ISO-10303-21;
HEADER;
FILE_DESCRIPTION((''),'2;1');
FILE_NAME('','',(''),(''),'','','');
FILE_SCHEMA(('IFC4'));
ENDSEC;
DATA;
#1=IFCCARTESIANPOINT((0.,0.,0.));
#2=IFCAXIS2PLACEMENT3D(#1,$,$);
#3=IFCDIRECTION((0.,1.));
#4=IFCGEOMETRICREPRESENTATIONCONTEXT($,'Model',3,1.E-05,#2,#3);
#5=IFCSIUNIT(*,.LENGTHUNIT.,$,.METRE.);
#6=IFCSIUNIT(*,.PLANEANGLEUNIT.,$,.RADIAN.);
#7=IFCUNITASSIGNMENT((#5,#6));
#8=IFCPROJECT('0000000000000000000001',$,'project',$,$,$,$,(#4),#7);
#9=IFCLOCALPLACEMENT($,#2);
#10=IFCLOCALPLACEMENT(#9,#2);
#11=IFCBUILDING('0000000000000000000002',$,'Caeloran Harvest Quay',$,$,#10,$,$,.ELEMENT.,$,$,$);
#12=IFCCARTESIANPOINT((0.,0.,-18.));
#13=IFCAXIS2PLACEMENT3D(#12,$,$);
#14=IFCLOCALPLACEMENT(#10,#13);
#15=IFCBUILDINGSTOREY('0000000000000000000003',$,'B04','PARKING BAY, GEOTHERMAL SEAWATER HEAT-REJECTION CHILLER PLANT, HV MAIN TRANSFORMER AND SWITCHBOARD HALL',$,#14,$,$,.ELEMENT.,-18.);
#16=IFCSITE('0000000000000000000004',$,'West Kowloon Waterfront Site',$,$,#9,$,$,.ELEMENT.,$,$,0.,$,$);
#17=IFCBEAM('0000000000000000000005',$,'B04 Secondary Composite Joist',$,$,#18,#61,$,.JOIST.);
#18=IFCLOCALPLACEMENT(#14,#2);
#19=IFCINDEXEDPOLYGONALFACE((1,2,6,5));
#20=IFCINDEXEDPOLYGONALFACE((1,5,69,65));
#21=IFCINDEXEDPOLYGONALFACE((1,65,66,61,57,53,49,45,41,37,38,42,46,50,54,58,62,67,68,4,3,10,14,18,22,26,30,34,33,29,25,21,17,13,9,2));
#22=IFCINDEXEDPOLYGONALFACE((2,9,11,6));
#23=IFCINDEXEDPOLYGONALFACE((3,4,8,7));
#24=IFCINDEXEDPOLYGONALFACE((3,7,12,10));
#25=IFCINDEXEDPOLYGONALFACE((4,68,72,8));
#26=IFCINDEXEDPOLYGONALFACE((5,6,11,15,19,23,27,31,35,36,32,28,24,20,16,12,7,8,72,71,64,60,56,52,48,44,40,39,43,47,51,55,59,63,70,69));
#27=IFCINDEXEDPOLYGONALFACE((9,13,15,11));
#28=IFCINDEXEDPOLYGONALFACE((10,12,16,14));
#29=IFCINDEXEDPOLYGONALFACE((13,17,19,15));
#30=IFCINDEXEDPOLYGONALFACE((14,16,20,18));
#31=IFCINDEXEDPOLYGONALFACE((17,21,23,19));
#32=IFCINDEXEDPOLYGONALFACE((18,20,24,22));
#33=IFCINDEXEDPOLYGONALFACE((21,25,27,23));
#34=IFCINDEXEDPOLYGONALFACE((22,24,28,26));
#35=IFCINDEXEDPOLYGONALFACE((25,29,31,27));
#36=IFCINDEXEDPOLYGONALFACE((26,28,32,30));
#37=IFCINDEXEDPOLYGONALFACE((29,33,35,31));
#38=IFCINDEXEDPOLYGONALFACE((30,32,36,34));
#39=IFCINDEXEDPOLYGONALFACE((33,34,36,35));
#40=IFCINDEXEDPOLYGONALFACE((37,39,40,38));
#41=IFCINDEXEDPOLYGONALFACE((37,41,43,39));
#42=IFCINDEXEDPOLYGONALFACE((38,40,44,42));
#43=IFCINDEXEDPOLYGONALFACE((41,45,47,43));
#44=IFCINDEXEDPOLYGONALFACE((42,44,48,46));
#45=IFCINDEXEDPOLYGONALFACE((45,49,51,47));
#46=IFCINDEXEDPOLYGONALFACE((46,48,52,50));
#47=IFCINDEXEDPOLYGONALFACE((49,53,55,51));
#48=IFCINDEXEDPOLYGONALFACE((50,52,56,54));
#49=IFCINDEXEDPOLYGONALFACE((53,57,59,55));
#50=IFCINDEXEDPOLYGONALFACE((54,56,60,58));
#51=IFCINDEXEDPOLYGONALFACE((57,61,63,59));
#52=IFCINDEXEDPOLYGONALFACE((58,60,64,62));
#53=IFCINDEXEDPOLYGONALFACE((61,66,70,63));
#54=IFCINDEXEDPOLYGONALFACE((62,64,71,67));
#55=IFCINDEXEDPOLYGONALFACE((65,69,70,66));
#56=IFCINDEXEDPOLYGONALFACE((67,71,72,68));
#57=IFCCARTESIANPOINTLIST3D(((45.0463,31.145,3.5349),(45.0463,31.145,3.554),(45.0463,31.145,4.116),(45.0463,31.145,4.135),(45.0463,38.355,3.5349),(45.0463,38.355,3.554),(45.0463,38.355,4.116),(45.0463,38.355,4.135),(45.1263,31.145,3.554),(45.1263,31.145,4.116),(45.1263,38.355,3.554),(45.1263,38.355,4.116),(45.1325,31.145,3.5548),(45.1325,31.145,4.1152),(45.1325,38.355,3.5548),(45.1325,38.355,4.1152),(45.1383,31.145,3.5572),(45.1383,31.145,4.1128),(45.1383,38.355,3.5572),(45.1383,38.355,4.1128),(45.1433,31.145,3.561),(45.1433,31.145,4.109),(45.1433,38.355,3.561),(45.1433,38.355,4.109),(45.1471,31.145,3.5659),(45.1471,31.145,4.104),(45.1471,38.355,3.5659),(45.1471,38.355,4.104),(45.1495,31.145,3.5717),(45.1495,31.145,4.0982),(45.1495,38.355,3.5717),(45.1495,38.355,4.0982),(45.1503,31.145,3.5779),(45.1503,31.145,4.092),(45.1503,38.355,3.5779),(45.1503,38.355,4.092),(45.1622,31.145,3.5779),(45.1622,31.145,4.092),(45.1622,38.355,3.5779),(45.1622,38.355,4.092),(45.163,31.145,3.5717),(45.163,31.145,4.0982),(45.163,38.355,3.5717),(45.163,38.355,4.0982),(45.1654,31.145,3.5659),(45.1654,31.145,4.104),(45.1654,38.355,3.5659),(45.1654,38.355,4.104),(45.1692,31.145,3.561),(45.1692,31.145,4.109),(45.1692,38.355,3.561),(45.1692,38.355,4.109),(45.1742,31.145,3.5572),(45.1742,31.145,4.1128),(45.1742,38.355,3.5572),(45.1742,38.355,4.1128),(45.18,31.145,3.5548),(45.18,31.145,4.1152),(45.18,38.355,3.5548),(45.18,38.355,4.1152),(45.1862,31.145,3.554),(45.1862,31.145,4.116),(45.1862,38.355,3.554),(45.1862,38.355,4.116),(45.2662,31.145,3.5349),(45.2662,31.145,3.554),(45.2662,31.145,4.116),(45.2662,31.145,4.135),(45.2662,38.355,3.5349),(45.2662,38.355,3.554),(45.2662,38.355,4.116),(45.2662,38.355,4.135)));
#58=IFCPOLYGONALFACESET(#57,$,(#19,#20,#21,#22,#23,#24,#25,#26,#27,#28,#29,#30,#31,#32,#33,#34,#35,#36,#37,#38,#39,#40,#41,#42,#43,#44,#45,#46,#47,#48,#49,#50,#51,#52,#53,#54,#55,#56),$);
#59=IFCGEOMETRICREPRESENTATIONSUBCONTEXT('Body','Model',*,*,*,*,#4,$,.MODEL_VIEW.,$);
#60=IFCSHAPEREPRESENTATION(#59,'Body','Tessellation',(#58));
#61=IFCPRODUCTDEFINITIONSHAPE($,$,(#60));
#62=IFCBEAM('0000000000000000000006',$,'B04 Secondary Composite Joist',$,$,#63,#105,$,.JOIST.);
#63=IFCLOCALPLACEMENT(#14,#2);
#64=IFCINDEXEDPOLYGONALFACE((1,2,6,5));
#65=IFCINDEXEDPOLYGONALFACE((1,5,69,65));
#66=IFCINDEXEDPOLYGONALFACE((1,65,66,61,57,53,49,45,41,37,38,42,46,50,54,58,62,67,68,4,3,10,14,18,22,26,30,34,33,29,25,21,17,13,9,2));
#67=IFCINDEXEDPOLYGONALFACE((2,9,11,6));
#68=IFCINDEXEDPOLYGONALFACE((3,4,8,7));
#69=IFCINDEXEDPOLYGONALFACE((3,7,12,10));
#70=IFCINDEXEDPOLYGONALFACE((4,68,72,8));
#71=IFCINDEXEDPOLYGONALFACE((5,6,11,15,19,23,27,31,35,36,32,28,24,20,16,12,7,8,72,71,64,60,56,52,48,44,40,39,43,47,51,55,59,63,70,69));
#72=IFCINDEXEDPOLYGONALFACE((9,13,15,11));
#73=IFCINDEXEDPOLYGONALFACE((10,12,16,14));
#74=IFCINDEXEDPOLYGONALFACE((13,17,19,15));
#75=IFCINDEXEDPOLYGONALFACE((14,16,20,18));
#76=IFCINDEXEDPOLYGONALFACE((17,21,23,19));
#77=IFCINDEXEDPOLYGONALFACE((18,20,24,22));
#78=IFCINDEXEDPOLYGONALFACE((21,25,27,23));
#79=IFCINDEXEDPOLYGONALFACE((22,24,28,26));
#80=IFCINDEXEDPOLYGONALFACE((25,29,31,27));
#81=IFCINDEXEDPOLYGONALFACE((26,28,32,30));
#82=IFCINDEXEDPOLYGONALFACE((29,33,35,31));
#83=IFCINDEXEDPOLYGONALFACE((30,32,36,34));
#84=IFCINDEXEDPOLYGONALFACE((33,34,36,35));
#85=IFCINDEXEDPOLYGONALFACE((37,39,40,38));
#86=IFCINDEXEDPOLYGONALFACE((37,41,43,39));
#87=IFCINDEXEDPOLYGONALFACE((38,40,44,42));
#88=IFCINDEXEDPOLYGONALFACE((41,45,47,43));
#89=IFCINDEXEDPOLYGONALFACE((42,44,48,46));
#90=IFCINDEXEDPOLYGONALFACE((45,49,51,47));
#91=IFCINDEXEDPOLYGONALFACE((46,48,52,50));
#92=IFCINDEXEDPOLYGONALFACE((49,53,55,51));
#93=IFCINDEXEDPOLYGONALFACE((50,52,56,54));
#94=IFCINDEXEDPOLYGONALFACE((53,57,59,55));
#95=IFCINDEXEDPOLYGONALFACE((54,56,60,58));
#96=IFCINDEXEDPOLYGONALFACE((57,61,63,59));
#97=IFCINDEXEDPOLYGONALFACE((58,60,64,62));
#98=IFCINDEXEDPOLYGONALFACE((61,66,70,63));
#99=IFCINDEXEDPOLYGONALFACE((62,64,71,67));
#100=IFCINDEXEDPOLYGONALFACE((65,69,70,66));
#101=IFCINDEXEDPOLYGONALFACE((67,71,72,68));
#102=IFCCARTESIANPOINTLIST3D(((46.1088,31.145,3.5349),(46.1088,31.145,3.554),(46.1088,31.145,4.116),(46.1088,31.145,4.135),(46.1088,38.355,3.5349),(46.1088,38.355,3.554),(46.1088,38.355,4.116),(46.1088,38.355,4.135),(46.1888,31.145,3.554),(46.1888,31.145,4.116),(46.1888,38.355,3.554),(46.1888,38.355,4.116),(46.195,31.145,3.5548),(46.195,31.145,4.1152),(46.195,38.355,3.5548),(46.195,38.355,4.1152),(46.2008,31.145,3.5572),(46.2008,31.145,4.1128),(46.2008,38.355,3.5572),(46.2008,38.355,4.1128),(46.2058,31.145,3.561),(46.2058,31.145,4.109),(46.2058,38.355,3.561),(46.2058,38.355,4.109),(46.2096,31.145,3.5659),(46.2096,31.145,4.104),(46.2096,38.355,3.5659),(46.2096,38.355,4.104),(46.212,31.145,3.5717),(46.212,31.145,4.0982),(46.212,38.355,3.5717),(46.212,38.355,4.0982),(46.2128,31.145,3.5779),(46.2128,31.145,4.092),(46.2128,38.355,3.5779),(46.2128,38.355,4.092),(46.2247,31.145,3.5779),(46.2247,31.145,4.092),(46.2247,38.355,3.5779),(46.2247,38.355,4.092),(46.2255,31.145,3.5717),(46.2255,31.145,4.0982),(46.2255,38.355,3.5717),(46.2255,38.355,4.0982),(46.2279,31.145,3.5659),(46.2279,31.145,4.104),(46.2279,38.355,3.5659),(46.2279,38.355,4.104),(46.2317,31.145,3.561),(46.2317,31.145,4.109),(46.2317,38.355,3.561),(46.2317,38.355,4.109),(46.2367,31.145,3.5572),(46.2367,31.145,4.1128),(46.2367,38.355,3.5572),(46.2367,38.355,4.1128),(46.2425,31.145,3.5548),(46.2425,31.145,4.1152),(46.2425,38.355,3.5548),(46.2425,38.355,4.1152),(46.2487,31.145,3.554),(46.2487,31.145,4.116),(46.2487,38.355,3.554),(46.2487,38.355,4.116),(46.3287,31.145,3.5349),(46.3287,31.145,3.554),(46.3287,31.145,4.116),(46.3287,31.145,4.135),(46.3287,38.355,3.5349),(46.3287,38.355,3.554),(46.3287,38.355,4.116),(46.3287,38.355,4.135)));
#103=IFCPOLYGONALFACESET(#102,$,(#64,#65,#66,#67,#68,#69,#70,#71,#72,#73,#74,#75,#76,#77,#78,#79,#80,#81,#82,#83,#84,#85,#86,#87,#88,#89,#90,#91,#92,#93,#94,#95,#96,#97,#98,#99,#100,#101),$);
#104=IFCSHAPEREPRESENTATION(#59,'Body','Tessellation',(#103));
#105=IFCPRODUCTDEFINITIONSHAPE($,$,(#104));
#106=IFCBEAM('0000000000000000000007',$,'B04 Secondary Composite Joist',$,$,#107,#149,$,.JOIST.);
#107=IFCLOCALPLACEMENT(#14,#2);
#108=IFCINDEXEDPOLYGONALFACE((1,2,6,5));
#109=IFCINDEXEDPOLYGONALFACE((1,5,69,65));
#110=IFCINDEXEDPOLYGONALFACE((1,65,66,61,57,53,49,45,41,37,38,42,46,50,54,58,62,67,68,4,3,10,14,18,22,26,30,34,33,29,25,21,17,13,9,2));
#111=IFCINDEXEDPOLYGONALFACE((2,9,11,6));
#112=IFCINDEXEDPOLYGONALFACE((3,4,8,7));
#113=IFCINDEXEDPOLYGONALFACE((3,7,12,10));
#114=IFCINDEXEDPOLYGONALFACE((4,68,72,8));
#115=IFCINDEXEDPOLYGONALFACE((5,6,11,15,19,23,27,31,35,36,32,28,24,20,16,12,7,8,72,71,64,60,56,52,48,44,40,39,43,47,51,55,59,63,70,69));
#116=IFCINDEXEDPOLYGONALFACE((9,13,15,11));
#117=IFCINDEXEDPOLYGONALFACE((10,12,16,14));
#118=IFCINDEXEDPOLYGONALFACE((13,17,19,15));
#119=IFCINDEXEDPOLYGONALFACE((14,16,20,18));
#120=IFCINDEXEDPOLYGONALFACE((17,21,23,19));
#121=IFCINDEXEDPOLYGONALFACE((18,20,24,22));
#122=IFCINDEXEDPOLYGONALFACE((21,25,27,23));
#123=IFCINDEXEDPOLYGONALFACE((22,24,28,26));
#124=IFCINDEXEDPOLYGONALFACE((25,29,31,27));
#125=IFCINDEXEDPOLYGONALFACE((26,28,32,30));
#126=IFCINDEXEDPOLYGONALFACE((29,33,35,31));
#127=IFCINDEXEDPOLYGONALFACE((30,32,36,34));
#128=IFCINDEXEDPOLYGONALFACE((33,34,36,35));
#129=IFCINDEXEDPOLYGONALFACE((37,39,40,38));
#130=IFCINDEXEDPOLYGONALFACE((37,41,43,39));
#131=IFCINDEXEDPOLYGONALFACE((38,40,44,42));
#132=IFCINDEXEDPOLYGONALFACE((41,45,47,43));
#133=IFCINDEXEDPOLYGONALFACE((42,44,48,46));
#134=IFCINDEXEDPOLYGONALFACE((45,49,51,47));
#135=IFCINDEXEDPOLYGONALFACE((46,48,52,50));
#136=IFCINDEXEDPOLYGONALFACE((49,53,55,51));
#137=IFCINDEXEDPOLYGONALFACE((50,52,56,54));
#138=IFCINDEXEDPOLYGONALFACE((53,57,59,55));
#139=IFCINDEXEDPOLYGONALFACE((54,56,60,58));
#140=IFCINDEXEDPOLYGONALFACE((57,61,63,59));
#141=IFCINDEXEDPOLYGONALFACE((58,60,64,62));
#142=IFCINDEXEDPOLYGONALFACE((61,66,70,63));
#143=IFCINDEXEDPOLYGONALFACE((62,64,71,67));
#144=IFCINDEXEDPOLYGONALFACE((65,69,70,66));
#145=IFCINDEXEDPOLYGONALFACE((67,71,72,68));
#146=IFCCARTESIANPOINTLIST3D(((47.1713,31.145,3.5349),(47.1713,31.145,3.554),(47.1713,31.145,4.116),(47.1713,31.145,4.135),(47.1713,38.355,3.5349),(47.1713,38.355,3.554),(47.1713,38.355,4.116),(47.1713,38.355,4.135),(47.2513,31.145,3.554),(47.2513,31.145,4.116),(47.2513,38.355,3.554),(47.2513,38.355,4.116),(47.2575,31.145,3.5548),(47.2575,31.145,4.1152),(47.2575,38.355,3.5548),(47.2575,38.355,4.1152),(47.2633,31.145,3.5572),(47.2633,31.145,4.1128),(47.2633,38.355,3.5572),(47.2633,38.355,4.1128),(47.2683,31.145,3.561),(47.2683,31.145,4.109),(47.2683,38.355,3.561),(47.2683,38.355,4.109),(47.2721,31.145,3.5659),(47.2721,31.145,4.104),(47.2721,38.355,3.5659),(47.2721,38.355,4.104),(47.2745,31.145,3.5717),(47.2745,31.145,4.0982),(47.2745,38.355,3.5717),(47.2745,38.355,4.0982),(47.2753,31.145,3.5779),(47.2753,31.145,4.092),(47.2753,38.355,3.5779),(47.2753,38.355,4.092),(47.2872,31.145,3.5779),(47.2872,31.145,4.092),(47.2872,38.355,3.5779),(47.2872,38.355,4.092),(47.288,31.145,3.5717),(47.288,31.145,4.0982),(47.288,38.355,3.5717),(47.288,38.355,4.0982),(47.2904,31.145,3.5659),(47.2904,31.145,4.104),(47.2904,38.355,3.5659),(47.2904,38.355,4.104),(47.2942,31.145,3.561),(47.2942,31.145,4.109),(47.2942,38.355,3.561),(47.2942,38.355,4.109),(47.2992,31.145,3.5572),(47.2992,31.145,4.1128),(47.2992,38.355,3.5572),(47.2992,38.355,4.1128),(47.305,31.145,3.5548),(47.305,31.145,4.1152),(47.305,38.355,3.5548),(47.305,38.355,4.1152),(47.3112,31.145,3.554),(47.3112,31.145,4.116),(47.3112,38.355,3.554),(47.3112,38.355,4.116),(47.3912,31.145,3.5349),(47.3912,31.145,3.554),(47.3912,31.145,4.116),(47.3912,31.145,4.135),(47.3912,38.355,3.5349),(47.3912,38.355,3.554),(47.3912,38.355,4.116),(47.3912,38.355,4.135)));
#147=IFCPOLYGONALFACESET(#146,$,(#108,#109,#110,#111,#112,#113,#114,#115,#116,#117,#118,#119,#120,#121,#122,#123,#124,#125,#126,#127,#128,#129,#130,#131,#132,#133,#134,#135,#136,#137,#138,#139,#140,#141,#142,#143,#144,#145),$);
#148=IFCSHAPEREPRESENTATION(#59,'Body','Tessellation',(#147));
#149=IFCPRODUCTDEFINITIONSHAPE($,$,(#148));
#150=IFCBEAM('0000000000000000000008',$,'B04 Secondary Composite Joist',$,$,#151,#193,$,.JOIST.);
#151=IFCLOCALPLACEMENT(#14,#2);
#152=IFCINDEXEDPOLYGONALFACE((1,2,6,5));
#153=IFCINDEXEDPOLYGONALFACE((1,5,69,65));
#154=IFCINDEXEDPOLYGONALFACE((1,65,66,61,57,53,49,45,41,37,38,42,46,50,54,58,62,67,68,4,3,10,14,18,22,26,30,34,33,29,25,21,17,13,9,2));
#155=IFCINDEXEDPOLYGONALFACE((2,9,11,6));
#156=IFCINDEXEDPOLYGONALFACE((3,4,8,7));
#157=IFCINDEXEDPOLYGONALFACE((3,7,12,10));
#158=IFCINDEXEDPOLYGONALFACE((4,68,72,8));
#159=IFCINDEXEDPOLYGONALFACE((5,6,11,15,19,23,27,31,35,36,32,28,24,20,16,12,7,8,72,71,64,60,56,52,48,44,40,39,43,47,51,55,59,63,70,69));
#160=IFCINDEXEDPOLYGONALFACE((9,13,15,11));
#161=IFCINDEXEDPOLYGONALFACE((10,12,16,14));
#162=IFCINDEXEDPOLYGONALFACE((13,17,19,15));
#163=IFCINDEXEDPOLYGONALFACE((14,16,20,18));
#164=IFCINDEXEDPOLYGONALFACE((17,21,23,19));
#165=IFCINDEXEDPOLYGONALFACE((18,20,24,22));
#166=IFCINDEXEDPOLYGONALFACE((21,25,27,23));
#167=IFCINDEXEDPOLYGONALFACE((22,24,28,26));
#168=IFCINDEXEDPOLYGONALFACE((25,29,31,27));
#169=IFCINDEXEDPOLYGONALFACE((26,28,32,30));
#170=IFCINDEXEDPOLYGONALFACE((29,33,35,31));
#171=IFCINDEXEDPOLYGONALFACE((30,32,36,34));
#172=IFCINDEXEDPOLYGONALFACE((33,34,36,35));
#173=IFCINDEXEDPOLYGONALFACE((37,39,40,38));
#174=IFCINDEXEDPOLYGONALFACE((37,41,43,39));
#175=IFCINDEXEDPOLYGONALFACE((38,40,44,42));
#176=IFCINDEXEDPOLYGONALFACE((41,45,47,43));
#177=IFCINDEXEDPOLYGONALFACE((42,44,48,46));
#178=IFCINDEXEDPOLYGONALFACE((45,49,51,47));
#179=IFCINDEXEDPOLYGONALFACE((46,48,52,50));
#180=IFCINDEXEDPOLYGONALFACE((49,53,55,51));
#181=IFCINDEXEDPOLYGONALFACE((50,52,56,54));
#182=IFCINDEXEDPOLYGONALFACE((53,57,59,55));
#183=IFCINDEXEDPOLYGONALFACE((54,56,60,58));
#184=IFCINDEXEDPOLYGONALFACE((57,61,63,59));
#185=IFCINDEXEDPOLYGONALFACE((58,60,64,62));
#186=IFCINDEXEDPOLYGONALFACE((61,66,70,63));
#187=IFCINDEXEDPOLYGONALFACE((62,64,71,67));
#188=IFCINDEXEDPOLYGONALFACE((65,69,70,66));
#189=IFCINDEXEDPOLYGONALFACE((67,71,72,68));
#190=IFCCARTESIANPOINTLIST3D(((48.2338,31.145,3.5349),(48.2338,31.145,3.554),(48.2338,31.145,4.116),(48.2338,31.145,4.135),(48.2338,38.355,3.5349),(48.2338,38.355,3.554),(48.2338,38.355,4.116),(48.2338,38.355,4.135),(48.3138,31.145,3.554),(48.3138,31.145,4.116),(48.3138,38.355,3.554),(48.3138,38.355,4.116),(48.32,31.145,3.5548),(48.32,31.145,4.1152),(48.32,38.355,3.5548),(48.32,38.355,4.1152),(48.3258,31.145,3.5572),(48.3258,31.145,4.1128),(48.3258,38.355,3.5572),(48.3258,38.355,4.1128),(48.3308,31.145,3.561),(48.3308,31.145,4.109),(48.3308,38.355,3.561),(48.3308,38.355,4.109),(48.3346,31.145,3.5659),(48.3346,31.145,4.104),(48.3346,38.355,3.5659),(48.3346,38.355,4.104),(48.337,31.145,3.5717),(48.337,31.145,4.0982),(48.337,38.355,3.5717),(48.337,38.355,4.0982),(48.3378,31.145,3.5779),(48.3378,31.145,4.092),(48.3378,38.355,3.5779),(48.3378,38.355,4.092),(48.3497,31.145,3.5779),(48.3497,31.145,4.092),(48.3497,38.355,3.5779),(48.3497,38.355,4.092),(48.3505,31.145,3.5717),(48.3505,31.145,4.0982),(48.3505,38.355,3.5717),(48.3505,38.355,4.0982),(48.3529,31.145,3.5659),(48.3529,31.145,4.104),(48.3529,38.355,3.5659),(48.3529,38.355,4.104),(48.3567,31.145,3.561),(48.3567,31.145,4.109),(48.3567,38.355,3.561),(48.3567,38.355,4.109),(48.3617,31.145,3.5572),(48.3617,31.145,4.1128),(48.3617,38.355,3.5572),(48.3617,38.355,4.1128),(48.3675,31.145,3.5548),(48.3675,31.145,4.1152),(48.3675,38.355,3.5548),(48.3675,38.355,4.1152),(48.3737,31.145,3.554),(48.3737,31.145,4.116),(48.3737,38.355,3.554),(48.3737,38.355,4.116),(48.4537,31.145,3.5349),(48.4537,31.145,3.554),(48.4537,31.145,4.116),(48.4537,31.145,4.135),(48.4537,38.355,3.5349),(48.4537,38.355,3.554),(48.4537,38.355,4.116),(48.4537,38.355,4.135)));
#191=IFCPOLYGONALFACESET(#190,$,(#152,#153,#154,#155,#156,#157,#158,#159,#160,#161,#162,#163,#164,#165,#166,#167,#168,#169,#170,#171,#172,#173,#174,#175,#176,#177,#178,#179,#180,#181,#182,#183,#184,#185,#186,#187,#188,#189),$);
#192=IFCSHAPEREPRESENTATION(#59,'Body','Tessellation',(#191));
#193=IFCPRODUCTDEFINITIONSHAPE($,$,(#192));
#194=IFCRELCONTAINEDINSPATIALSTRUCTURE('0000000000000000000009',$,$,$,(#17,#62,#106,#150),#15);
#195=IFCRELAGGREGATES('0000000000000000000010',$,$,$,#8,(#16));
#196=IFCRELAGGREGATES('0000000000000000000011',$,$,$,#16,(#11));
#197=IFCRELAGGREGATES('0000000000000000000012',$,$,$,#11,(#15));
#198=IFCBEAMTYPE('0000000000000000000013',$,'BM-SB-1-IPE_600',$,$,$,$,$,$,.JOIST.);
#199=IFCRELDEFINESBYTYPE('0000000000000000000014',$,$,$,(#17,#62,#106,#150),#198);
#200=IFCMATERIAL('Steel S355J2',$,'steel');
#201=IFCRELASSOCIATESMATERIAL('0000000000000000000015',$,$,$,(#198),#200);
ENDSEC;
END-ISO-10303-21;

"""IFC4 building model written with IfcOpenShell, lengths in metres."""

from ifc_helpers import new_model, si_unit, direction, frame, origin, origin_2d, place, context, subcontext, project, spatial, i_section, extrude, material, material_profile, profile_set, type_object, element, save


model = new_model("IFC4")

# Units and contexts
model_context = context("Model", 3, precision=1e-05, world=origin(), true_north=direction((0.0, 1.0)))
body_context = subcontext(model_context, "Body", "Model", "MODEL_VIEW")
ifc_project = project(units=[si_unit("LENGTHUNIT", "METRE"), si_unit("PLANEANGLEUNIT", "RADIAN")], contexts=[model_context])

# Site, building, storey
site_placement = place(None, origin())
site = spatial("IfcSite", under=ifc_project, at=site_placement, Name="West Kowloon Waterfront Site", CompositionType="ELEMENT", RefElevation=0.0)
building_placement = place(site_placement, origin())
building = spatial("IfcBuilding", under=site, at=building_placement, Name="Caeloran Harvest Quay", CompositionType="ELEMENT")
storey_placement = place(building_placement, frame((0.0, 0.0, -18.0)))
storey = spatial("IfcBuildingStorey", under=building, at=storey_placement, Name="B04", Description="PARKING BAY, GEOTHERMAL SEAWATER HEAT-REJECTION CHILLER PLANT, HV MAIN TRANSFORMER AND SWITCHBOARD HALL", CompositionType="ELEMENT", Elevation=-18.0)

# Beams
ifc_material_1 = material(Name="Steel S355J2", Category="steel")
ifc_material_profile_1 = material_profile(ifc_material_1, i_section(OverallWidth=0.22, OverallDepth=0.6001, WebThickness=0.012, FlangeThickness=0.019, FilletRadius=0.0239, at=origin_2d()), Name="IPE 600")
ifc_profile_set_1 = profile_set([ifc_material_profile_1], Name="Steel S355J2")
beam_type_1 = type_object("IfcBeamType", Name="BM-SB-1-IPE_600", PredefinedType="JOIST", material=ifc_profile_set_1)
for number, where, z_axis, x_axis, name in (
    (1, (45.1562, 31.145, 3.835), (0.0, 1.0, 0.0), (-1.0, 0.0, 0.0), "B04 Secondary Composite Joist"),
    (2, (46.2188, 31.145, 3.835), (0.0, 1.0, 0.0), (-1.0, 0.0, 0.0), "B04 Secondary Composite Joist"),
    (3, (47.2812, 31.145, 3.835), (0.0, 1.0, 0.0), (-1.0, 0.0, 0.0), "B04 Secondary Composite Joist"),
    (4, (48.3438, 31.145, 3.835), (0.0, 1.0, 0.0), (-1.0, 0.0, 0.0), "B04 Secondary Composite Joist"),
):
    element("IfcBeam", number, at=place(storey_placement, frame(where, z_axis=z_axis, x_axis=x_axis)), inside=storey, type_object=beam_type_1, Name=name, PredefinedType="JOIST", context=body_context, shape_type="SweptSolid", body=[
        extrude(i_section(OverallWidth=0.22, OverallDepth=0.6001, WebThickness=0.012, FlangeThickness=0.019, FilletRadius=0.0239, at=origin_2d()), origin(), (0.0, 0.0, 1.0), 7.21),
    ])

save(model, "model.ifc")
